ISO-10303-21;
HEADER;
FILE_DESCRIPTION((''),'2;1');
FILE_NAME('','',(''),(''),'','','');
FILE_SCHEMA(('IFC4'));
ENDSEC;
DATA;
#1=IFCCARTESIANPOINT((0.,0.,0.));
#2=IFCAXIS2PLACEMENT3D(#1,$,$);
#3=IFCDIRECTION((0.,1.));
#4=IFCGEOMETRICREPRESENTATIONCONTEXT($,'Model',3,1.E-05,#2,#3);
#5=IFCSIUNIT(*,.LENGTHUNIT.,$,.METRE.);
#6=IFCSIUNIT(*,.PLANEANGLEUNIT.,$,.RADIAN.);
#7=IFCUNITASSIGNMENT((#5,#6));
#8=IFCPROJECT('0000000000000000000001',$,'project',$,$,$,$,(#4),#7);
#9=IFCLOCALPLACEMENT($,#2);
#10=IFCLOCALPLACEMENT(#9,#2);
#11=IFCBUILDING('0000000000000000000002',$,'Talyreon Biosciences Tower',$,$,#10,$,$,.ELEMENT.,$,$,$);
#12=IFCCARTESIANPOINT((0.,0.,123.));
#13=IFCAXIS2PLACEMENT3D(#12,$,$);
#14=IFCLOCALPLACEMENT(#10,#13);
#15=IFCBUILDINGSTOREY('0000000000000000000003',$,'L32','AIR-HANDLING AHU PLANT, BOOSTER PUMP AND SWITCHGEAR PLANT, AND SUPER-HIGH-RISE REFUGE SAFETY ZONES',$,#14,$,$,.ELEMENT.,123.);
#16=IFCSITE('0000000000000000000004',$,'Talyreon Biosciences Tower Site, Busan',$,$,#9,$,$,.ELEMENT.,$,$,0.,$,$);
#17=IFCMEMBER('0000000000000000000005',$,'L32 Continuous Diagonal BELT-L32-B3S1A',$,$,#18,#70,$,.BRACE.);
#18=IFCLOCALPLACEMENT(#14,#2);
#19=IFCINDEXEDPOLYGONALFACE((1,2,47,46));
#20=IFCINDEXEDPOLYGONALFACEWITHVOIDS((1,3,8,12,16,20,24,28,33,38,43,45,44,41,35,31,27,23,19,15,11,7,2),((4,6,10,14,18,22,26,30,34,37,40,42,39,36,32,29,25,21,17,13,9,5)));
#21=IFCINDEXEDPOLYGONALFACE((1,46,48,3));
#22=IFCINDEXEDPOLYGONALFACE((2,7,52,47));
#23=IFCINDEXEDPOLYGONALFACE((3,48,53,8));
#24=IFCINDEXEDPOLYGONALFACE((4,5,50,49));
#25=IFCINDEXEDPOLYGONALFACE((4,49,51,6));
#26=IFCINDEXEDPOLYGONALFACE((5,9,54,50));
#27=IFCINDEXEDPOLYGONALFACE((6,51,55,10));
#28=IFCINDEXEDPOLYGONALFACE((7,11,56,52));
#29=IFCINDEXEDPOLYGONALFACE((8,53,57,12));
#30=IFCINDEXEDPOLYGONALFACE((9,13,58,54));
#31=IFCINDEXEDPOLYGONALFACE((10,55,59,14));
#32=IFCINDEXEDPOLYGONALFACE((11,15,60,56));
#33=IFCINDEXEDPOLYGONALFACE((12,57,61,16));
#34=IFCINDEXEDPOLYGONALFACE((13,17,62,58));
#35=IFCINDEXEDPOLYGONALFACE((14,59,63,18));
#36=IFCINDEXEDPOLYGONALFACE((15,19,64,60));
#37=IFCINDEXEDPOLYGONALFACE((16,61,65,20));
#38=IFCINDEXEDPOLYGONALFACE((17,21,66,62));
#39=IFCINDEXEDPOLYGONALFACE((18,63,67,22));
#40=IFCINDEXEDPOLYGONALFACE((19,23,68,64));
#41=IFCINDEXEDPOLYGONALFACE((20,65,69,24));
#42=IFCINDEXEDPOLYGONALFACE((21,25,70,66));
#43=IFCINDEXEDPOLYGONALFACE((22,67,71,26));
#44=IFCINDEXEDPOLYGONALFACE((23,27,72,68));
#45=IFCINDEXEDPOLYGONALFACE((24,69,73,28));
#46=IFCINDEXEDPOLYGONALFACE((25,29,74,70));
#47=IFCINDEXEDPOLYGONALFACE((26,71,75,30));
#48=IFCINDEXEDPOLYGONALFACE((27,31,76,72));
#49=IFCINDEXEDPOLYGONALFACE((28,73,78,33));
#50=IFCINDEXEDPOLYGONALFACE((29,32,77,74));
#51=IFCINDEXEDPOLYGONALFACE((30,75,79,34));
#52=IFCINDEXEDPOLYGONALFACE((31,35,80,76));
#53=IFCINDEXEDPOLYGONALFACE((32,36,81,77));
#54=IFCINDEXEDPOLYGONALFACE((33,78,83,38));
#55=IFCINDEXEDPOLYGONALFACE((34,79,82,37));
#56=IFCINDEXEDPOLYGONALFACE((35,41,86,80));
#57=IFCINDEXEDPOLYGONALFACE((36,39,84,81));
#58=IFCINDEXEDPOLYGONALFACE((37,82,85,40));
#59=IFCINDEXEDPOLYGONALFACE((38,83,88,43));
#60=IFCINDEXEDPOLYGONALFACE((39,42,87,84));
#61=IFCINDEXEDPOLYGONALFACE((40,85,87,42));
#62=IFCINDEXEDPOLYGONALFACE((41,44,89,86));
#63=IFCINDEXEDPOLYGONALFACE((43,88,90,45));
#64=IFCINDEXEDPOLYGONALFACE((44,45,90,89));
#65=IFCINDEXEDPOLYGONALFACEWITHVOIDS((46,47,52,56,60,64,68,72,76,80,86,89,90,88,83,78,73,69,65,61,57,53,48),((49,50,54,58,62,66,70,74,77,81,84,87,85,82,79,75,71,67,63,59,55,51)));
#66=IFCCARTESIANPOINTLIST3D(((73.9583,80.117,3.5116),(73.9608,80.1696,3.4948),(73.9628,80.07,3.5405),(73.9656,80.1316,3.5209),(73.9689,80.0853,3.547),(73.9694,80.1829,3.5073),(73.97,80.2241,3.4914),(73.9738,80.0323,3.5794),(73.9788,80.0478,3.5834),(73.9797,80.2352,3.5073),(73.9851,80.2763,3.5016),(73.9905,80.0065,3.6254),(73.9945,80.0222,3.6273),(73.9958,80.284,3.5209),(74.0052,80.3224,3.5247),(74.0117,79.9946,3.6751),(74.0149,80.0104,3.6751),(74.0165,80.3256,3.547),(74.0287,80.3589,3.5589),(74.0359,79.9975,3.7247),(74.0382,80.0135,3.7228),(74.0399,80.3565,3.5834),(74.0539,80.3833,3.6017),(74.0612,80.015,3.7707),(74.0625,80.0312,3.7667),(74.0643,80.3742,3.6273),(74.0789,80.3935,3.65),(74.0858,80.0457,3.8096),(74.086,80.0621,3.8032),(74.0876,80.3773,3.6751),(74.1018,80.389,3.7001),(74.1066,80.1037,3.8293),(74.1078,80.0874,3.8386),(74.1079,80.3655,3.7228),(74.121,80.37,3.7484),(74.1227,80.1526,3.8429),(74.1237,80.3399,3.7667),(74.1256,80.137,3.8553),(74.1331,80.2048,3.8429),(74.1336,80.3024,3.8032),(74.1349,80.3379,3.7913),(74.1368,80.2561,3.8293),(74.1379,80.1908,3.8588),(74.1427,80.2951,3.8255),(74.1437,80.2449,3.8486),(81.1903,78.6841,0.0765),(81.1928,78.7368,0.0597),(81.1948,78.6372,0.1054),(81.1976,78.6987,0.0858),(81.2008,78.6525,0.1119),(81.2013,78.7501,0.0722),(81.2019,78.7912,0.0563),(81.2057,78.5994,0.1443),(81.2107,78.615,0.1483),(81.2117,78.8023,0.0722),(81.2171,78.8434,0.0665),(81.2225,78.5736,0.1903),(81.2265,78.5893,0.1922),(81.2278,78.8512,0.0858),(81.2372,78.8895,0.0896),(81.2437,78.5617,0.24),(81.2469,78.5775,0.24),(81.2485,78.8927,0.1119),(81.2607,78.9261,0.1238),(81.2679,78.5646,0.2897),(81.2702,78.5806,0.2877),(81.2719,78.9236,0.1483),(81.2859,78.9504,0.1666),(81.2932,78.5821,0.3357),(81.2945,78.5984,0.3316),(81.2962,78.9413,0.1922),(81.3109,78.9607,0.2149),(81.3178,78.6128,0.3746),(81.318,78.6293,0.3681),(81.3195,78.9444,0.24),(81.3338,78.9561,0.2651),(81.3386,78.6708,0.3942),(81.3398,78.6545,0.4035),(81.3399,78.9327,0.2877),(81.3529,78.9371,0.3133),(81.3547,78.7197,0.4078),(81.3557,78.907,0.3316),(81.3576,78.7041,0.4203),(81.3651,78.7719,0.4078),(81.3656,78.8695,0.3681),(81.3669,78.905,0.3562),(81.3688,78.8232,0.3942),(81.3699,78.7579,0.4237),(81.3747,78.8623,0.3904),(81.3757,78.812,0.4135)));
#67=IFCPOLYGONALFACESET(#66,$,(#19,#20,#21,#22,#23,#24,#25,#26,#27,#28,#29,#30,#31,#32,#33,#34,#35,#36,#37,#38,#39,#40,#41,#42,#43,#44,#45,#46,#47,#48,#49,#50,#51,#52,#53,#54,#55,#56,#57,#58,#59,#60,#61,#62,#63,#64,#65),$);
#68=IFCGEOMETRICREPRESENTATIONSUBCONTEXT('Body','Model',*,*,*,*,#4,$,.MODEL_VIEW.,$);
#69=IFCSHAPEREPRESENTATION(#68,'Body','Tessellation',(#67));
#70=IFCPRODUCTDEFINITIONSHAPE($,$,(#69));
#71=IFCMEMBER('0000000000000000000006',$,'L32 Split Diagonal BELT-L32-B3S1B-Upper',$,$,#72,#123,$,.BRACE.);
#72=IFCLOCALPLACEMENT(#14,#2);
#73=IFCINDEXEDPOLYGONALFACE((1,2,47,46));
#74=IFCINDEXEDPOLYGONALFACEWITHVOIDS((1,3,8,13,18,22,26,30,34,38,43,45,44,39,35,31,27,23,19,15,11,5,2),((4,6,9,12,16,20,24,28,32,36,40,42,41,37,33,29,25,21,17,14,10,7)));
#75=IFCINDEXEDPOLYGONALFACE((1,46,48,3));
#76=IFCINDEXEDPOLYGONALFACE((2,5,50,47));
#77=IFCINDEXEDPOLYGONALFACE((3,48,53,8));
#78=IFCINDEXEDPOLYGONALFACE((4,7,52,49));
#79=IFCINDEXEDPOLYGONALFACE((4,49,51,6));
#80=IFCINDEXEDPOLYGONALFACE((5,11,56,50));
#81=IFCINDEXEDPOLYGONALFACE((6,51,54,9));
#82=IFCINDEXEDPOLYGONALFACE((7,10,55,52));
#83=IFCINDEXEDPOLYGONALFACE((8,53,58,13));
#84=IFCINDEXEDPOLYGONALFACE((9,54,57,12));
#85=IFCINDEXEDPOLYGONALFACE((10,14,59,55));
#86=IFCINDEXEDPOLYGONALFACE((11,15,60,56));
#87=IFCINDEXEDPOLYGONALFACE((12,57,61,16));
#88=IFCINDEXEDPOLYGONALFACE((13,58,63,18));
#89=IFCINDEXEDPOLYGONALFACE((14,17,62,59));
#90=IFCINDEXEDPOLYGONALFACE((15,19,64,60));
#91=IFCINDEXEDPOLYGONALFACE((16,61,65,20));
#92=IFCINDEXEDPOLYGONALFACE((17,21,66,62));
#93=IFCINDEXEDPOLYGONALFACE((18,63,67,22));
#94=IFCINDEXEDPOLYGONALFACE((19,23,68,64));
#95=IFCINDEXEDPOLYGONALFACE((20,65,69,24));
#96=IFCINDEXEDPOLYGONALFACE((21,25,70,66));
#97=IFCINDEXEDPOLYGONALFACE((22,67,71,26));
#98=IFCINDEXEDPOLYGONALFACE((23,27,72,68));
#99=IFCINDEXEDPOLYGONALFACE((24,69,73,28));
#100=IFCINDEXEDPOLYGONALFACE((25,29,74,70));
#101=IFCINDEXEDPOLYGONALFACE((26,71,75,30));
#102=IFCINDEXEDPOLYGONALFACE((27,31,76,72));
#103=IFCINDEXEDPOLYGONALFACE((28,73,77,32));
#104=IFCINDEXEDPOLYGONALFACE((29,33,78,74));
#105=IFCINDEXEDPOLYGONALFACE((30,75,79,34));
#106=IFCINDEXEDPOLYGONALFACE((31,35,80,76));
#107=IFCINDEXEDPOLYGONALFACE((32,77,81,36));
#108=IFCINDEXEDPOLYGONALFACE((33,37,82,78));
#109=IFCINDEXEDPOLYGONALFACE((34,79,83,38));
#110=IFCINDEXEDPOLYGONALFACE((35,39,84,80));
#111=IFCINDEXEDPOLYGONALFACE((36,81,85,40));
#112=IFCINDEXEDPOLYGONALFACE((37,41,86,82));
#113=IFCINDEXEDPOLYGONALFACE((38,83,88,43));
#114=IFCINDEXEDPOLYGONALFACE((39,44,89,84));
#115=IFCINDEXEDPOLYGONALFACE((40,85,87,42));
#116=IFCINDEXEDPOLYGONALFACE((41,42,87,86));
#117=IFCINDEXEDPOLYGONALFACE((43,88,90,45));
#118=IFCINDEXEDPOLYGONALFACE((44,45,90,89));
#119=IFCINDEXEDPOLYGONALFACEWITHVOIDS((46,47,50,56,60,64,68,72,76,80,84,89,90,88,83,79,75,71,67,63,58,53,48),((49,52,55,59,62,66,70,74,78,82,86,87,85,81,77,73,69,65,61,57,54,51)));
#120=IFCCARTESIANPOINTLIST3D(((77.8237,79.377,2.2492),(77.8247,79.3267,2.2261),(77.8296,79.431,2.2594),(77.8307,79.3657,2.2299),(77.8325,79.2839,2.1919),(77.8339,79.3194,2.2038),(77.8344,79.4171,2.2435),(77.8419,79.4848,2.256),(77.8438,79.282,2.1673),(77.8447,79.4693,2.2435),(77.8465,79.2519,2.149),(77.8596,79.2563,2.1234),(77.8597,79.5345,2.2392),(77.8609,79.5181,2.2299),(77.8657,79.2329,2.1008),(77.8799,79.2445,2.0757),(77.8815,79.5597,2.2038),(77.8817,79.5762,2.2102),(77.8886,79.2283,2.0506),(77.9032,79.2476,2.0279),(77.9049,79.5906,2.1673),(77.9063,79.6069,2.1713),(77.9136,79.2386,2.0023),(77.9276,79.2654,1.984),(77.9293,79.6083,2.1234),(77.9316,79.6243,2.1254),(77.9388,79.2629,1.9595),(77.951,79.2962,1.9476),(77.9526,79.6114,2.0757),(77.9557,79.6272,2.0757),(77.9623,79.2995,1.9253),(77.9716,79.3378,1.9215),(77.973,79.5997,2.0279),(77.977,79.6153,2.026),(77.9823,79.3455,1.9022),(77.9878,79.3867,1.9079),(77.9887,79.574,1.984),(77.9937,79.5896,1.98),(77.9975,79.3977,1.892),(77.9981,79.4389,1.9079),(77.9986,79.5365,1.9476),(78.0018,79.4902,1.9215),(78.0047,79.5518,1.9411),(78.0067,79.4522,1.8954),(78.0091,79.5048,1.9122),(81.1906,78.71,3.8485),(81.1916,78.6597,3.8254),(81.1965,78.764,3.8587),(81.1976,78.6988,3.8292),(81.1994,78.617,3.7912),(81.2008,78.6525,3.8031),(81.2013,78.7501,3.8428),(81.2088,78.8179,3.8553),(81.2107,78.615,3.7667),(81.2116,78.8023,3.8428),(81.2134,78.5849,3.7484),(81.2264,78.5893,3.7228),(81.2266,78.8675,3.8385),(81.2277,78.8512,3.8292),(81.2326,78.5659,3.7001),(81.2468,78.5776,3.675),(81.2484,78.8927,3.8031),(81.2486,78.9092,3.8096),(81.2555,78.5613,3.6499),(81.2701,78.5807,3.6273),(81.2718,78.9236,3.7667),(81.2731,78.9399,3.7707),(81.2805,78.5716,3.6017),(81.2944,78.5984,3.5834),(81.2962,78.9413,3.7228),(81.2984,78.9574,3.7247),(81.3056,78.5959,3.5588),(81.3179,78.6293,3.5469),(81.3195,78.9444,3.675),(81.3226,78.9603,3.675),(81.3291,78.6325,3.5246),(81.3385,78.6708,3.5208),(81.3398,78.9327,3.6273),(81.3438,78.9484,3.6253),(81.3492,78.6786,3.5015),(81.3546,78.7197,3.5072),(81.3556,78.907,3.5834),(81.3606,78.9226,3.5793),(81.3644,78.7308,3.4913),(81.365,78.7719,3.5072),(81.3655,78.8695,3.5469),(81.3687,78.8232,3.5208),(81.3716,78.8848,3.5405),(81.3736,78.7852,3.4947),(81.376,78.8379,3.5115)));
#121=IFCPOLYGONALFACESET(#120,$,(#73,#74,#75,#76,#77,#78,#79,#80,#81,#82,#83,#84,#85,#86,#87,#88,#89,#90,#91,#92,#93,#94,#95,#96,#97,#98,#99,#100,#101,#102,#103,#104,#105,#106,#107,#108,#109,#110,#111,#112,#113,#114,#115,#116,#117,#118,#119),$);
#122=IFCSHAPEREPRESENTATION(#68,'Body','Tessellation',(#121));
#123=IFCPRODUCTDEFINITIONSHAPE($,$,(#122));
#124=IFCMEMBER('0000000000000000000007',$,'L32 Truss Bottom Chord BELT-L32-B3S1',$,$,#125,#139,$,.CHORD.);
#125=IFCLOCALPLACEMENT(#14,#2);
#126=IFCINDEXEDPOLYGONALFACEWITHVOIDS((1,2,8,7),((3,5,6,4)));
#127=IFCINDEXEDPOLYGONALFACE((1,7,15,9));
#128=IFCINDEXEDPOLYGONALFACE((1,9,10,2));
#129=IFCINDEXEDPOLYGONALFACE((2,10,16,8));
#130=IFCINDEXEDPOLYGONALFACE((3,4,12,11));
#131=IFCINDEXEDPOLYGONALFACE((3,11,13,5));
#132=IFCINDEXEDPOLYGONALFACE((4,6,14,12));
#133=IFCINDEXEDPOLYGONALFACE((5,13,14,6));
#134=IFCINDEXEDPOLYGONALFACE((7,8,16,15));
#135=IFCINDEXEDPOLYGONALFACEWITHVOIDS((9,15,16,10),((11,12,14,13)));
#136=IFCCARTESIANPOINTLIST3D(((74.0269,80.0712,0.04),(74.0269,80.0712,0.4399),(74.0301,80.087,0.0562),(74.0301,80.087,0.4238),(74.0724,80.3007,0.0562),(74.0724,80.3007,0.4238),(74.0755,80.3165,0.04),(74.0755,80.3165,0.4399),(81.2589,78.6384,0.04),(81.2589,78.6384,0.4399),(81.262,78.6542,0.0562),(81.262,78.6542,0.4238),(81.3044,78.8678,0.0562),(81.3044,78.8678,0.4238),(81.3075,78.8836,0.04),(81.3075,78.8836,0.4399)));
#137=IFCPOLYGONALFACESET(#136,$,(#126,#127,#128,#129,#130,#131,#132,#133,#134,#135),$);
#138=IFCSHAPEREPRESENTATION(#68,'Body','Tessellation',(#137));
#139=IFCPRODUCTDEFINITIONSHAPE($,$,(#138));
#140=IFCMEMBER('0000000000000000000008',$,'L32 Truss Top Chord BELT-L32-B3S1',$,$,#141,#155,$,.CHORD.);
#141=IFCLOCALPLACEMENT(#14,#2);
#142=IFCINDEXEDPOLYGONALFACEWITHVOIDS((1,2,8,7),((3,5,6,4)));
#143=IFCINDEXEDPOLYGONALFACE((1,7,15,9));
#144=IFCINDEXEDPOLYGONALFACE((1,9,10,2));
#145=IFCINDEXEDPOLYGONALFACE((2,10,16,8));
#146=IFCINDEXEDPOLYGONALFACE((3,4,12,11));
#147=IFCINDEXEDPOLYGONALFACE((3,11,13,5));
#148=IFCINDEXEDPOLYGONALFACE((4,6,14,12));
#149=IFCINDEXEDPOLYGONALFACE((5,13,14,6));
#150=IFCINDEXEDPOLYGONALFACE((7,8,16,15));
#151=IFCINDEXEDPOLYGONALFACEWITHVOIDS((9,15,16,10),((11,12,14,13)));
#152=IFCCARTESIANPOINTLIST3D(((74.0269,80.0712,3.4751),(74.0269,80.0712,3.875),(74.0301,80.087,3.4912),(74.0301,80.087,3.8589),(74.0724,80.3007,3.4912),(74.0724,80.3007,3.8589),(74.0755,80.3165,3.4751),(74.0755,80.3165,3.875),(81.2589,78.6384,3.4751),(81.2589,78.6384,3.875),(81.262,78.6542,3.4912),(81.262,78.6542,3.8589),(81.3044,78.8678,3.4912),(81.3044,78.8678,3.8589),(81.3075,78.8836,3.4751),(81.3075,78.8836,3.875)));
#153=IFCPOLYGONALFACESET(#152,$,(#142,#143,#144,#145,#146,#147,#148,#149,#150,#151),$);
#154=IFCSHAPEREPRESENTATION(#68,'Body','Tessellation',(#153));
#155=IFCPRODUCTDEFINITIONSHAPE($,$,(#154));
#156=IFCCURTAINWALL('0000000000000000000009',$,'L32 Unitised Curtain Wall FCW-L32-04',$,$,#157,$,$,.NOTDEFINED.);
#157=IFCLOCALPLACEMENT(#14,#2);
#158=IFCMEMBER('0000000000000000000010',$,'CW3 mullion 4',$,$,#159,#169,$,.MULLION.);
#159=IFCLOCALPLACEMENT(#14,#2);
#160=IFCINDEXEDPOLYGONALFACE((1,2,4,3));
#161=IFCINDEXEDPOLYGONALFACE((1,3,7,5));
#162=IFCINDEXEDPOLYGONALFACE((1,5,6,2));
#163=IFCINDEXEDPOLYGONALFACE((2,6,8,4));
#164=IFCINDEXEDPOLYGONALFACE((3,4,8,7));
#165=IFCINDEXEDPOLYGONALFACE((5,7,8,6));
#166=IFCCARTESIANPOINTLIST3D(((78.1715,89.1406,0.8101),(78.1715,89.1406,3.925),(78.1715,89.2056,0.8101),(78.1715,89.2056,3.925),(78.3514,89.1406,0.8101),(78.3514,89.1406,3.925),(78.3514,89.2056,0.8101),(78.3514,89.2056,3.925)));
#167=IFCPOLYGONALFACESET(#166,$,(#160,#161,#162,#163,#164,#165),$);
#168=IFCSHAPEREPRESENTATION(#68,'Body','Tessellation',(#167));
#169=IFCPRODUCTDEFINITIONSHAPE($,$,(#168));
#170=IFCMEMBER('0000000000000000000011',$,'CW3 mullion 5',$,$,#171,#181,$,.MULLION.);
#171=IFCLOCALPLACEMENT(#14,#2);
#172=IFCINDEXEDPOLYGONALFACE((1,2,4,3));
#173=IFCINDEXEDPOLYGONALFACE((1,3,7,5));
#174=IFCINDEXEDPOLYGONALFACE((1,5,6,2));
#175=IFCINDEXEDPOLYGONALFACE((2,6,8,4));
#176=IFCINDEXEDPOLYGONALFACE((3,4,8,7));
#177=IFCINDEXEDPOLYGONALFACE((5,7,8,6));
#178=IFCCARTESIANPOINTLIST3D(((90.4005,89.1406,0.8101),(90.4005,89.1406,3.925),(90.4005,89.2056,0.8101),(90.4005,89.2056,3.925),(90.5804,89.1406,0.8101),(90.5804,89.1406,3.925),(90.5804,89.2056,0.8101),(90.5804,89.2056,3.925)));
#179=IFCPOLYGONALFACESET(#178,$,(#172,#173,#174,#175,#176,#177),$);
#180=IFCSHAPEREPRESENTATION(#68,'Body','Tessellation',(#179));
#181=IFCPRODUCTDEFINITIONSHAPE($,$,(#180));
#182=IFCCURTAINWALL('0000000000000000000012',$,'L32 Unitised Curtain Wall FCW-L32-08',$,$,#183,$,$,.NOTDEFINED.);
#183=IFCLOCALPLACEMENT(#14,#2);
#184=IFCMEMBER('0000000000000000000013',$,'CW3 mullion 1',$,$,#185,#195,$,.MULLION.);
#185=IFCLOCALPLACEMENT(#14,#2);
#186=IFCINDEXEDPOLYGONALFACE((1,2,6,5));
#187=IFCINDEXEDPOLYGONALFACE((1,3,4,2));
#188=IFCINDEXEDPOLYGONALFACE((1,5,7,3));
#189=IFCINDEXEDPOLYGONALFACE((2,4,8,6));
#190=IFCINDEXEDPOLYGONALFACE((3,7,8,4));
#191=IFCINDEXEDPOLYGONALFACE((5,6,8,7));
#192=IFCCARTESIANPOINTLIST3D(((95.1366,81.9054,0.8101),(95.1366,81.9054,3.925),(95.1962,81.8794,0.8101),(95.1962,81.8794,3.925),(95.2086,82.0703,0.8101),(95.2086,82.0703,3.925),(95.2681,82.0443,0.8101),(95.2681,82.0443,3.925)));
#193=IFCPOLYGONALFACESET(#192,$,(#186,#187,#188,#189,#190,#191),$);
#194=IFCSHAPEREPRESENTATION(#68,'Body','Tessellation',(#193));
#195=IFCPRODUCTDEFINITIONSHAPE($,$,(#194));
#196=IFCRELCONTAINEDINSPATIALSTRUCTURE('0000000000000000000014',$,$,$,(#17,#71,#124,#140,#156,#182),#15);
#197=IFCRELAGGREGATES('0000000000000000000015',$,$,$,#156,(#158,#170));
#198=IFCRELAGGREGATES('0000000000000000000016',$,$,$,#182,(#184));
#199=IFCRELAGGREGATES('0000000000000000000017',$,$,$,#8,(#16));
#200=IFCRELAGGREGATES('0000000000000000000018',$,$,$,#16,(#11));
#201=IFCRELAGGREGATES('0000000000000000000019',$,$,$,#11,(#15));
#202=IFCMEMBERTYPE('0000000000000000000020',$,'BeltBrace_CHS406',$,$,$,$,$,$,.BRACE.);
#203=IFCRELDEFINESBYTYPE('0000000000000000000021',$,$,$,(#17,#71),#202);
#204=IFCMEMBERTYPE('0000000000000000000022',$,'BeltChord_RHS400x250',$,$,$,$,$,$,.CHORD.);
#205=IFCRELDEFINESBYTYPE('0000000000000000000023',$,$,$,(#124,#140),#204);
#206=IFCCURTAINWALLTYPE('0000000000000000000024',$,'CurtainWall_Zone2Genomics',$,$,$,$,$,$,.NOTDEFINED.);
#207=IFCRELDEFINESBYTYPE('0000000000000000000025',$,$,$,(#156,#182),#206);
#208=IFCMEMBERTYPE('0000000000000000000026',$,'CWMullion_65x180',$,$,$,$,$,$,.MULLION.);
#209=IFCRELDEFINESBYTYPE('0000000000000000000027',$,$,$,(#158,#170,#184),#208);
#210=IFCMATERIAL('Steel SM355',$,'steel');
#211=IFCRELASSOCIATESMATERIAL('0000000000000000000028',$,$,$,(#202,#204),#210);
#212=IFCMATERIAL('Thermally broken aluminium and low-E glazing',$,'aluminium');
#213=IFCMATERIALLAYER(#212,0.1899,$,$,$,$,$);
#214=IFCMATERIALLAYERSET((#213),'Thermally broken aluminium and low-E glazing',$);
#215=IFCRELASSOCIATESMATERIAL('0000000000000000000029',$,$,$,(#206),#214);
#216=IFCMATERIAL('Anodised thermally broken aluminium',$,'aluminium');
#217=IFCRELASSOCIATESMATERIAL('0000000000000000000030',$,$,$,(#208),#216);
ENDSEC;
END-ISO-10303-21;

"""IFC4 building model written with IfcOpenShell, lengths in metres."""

from ifc_helpers import new_model, si_unit, direction, frame, origin, origin_2d, place, context, subcontext, project, spatial, rectangle, hollow_rectangle, hollow_circle, extrude, material, layer, layer_set, material_profile, profile_set, type_object, element, aggregate, save


model = new_model("IFC4")

# Units and contexts
model_context = context("Model", 3, precision=1e-05, world=origin(), true_north=direction((0.0, 1.0)))
body_context = subcontext(model_context, "Body", "Model", "MODEL_VIEW")
ifc_project = project(units=[si_unit("LENGTHUNIT", "METRE"), si_unit("PLANEANGLEUNIT", "RADIAN")], contexts=[model_context])

# Site, building, storey
site_placement = place(None, origin())
site = spatial("IfcSite", under=ifc_project, at=site_placement, Name="Talyreon Biosciences Tower Site, Busan", CompositionType="ELEMENT", RefElevation=0.0)
building_placement = place(site_placement, origin())
building = spatial("IfcBuilding", under=site, at=building_placement, Name="Talyreon Biosciences Tower", CompositionType="ELEMENT")
storey_placement = place(building_placement, frame((0.0, 0.0, 123.0)))
storey = spatial("IfcBuildingStorey", under=building, at=storey_placement, Name="L32", Description="AIR-HANDLING AHU PLANT, BOOSTER PUMP AND SWITCHGEAR PLANT, AND SUPER-HIGH-RISE REFUGE SAFETY ZONES", CompositionType="ELEMENT", Elevation=123.0)

# Members
ifc_material_1 = material(Name="Steel SM355", Category="steel")
ifc_material_profile_1 = material_profile(ifc_material_1, hollow_circle(Radius=0.2031, WallThickness=0.0161, at=origin_2d()), Name="CHS 406.4x16")
ifc_profile_set_1 = profile_set([ifc_material_profile_1], Name="Steel SM355")
member_type_1 = type_object("IfcMemberType", Name="BeltBrace_CHS406", PredefinedType="BRACE", material=ifc_profile_set_1)
member_1_placement = place(storey_placement, frame((81.2832, 78.761, 0.24), z_axis=(-0.889156, 0.176168, 0.422335), x_axis=(-0.194352, -0.980932, 0.0)))
element("IfcMember", 1, at=member_1_placement, inside=storey, type_object=member_type_1, Name="L32 Continuous Diagonal BELT-L32-B3S1A", PredefinedType="BRACE", context=body_context, shape_type="SweptSolid", body=[
    extrude(hollow_circle(Radius=0.2031, WallThickness=0.0161, at=origin_2d()), origin(), (0.0, 0.0, 1.0), 8.1335),
])
member_2_placement = place(storey_placement, frame((77.9163, 79.428, 2.0757), z_axis=(0.889148, -0.17614, 0.422363), x_axis=(0.194324, 0.980937, 0.0)))
element("IfcMember", 2, at=member_2_placement, inside=storey, type_object=member_type_1, Name="L32 Split Diagonal BELT-L32-B3S1B-Upper", PredefinedType="BRACE", context=body_context, shape_type="SweptSolid", body=[
    extrude(hollow_circle(Radius=0.2031, WallThickness=0.0161, at=origin_2d()), origin(), (0.0, 0.0, 1.0), 3.7866),
])
ifc_material_profile_2 = material_profile(ifc_material_1, hollow_rectangle(XDim=0.25, YDim=0.3999, WallThickness=0.0161, at=origin_2d()), Name="RHS 400x250x16")
ifc_profile_set_2 = profile_set([ifc_material_profile_2], Name="Steel SM355")
member_type_2 = type_object("IfcMemberType", Name="BeltChord_RHS400x250", PredefinedType="CHORD", material=ifc_profile_set_2)
for number, where, z_axis, x_axis, name in (
    (3, (81.2832, 78.761, 0.24), (-0.980932, 0.194352, 0.0), (-0.194352, -0.980932, 0.0), "L32 Truss Bottom Chord BELT-L32-B3S1"),
    (4, (81.2832, 78.761, 3.675), (-0.980932, 0.194352, 0.0), (-0.194352, -0.980932, 0.0), "L32 Truss Top Chord BELT-L32-B3S1"),
):
    element("IfcMember", number, at=place(storey_placement, frame(where, z_axis=z_axis, x_axis=x_axis)), inside=storey, type_object=member_type_2, Name=name, PredefinedType="CHORD", context=body_context, shape_type="SweptSolid", body=[
        extrude(hollow_rectangle(XDim=0.25, YDim=0.3999, WallThickness=0.0161, at=origin_2d()), origin(), (0.0, 0.0, 1.0), 7.3726),
    ])

# Curtain wall, members
ifc_material_2 = material(Name="Thermally broken aluminium and low-E glazing", Category="aluminium")
ifc_layer_1 = layer(ifc_material_2, 0.1899)
ifc_layer_set_1 = layer_set([ifc_layer_1], Name="Thermally broken aluminium and low-E glazing")
curtain_wall_type = type_object("IfcCurtainWallType", Name="CurtainWall_Zone2Genomics", PredefinedType="NOTDEFINED", material=ifc_layer_set_1)
curtain_wall_1_placement = place(storey_placement, origin())
curtain_wall_1 = element("IfcCurtainWall", 5, at=curtain_wall_1_placement, inside=storey, type_object=curtain_wall_type, Name="L32 Unitised Curtain Wall FCW-L32-04", PredefinedType="NOTDEFINED")
ifc_material_3 = material(Name="Anodised thermally broken aluminium", Category="aluminium")
ifc_material_profile_3 = material_profile(ifc_material_3, rectangle(XDim=0.0649, YDim=0.1799, at=origin_2d()), Name="ALUM MULLION 65x180")
ifc_profile_set_3 = profile_set([ifc_material_profile_3], Name="Anodised thermally broken aluminium")
member_type_3 = type_object("IfcMemberType", Name="CWMullion_65x180", PredefinedType="MULLION", material=ifc_profile_set_3)
member_3_placement = place(storey_placement, frame((78.2615, 89.1731, 0.8101), z_axis=(0.0, 0.0, 1.0), x_axis=(0.0, 1.0, 0.0)))
member_3 = element("IfcMember", 6, at=member_3_placement, type_object=member_type_3, Name="CW3 mullion 4", PredefinedType="MULLION", context=body_context, shape_type="SweptSolid", body=[
    extrude(rectangle(XDim=0.0649, YDim=0.1799, at=origin_2d()), origin(), (0.0, 0.0, 1.0), 3.115),
])
member_4_placement = place(storey_placement, frame((90.4905, 89.1731, 0.8101), z_axis=(0.0, 0.0, 1.0), x_axis=(0.0, 1.0, 0.0)))
member_4 = element("IfcMember", 7, at=member_4_placement, type_object=member_type_3, Name="CW3 mullion 5", PredefinedType="MULLION", context=body_context, shape_type="SweptSolid", body=[
    extrude(rectangle(XDim=0.0649, YDim=0.1799, at=origin_2d()), origin(), (0.0, 0.0, 1.0), 3.115),
])

# Curtain wall, member
curtain_wall_2_placement = place(storey_placement, origin())
curtain_wall_2 = element("IfcCurtainWall", 8, at=curtain_wall_2_placement, inside=storey, type_object=curtain_wall_type, Name="L32 Unitised Curtain Wall FCW-L32-08", PredefinedType="NOTDEFINED")
member_5_placement = place(storey_placement, frame((95.2024, 81.9749, 0.8101), z_axis=(0.0, 0.0, 1.0), x_axis=(0.91649, -0.400058, 0.0)))
member_5 = element("IfcMember", 9, at=member_5_placement, type_object=member_type_3, Name="CW3 mullion 1", PredefinedType="MULLION", context=body_context, shape_type="SweptSolid", body=[
    extrude(rectangle(XDim=0.0649, YDim=0.1799, at=origin_2d()), origin(), (0.0, 0.0, 1.0), 3.115),
])

aggregate(curtain_wall_1, [member_3, member_4])
aggregate(curtain_wall_2, [member_5])

save(model, "model.ifc")
